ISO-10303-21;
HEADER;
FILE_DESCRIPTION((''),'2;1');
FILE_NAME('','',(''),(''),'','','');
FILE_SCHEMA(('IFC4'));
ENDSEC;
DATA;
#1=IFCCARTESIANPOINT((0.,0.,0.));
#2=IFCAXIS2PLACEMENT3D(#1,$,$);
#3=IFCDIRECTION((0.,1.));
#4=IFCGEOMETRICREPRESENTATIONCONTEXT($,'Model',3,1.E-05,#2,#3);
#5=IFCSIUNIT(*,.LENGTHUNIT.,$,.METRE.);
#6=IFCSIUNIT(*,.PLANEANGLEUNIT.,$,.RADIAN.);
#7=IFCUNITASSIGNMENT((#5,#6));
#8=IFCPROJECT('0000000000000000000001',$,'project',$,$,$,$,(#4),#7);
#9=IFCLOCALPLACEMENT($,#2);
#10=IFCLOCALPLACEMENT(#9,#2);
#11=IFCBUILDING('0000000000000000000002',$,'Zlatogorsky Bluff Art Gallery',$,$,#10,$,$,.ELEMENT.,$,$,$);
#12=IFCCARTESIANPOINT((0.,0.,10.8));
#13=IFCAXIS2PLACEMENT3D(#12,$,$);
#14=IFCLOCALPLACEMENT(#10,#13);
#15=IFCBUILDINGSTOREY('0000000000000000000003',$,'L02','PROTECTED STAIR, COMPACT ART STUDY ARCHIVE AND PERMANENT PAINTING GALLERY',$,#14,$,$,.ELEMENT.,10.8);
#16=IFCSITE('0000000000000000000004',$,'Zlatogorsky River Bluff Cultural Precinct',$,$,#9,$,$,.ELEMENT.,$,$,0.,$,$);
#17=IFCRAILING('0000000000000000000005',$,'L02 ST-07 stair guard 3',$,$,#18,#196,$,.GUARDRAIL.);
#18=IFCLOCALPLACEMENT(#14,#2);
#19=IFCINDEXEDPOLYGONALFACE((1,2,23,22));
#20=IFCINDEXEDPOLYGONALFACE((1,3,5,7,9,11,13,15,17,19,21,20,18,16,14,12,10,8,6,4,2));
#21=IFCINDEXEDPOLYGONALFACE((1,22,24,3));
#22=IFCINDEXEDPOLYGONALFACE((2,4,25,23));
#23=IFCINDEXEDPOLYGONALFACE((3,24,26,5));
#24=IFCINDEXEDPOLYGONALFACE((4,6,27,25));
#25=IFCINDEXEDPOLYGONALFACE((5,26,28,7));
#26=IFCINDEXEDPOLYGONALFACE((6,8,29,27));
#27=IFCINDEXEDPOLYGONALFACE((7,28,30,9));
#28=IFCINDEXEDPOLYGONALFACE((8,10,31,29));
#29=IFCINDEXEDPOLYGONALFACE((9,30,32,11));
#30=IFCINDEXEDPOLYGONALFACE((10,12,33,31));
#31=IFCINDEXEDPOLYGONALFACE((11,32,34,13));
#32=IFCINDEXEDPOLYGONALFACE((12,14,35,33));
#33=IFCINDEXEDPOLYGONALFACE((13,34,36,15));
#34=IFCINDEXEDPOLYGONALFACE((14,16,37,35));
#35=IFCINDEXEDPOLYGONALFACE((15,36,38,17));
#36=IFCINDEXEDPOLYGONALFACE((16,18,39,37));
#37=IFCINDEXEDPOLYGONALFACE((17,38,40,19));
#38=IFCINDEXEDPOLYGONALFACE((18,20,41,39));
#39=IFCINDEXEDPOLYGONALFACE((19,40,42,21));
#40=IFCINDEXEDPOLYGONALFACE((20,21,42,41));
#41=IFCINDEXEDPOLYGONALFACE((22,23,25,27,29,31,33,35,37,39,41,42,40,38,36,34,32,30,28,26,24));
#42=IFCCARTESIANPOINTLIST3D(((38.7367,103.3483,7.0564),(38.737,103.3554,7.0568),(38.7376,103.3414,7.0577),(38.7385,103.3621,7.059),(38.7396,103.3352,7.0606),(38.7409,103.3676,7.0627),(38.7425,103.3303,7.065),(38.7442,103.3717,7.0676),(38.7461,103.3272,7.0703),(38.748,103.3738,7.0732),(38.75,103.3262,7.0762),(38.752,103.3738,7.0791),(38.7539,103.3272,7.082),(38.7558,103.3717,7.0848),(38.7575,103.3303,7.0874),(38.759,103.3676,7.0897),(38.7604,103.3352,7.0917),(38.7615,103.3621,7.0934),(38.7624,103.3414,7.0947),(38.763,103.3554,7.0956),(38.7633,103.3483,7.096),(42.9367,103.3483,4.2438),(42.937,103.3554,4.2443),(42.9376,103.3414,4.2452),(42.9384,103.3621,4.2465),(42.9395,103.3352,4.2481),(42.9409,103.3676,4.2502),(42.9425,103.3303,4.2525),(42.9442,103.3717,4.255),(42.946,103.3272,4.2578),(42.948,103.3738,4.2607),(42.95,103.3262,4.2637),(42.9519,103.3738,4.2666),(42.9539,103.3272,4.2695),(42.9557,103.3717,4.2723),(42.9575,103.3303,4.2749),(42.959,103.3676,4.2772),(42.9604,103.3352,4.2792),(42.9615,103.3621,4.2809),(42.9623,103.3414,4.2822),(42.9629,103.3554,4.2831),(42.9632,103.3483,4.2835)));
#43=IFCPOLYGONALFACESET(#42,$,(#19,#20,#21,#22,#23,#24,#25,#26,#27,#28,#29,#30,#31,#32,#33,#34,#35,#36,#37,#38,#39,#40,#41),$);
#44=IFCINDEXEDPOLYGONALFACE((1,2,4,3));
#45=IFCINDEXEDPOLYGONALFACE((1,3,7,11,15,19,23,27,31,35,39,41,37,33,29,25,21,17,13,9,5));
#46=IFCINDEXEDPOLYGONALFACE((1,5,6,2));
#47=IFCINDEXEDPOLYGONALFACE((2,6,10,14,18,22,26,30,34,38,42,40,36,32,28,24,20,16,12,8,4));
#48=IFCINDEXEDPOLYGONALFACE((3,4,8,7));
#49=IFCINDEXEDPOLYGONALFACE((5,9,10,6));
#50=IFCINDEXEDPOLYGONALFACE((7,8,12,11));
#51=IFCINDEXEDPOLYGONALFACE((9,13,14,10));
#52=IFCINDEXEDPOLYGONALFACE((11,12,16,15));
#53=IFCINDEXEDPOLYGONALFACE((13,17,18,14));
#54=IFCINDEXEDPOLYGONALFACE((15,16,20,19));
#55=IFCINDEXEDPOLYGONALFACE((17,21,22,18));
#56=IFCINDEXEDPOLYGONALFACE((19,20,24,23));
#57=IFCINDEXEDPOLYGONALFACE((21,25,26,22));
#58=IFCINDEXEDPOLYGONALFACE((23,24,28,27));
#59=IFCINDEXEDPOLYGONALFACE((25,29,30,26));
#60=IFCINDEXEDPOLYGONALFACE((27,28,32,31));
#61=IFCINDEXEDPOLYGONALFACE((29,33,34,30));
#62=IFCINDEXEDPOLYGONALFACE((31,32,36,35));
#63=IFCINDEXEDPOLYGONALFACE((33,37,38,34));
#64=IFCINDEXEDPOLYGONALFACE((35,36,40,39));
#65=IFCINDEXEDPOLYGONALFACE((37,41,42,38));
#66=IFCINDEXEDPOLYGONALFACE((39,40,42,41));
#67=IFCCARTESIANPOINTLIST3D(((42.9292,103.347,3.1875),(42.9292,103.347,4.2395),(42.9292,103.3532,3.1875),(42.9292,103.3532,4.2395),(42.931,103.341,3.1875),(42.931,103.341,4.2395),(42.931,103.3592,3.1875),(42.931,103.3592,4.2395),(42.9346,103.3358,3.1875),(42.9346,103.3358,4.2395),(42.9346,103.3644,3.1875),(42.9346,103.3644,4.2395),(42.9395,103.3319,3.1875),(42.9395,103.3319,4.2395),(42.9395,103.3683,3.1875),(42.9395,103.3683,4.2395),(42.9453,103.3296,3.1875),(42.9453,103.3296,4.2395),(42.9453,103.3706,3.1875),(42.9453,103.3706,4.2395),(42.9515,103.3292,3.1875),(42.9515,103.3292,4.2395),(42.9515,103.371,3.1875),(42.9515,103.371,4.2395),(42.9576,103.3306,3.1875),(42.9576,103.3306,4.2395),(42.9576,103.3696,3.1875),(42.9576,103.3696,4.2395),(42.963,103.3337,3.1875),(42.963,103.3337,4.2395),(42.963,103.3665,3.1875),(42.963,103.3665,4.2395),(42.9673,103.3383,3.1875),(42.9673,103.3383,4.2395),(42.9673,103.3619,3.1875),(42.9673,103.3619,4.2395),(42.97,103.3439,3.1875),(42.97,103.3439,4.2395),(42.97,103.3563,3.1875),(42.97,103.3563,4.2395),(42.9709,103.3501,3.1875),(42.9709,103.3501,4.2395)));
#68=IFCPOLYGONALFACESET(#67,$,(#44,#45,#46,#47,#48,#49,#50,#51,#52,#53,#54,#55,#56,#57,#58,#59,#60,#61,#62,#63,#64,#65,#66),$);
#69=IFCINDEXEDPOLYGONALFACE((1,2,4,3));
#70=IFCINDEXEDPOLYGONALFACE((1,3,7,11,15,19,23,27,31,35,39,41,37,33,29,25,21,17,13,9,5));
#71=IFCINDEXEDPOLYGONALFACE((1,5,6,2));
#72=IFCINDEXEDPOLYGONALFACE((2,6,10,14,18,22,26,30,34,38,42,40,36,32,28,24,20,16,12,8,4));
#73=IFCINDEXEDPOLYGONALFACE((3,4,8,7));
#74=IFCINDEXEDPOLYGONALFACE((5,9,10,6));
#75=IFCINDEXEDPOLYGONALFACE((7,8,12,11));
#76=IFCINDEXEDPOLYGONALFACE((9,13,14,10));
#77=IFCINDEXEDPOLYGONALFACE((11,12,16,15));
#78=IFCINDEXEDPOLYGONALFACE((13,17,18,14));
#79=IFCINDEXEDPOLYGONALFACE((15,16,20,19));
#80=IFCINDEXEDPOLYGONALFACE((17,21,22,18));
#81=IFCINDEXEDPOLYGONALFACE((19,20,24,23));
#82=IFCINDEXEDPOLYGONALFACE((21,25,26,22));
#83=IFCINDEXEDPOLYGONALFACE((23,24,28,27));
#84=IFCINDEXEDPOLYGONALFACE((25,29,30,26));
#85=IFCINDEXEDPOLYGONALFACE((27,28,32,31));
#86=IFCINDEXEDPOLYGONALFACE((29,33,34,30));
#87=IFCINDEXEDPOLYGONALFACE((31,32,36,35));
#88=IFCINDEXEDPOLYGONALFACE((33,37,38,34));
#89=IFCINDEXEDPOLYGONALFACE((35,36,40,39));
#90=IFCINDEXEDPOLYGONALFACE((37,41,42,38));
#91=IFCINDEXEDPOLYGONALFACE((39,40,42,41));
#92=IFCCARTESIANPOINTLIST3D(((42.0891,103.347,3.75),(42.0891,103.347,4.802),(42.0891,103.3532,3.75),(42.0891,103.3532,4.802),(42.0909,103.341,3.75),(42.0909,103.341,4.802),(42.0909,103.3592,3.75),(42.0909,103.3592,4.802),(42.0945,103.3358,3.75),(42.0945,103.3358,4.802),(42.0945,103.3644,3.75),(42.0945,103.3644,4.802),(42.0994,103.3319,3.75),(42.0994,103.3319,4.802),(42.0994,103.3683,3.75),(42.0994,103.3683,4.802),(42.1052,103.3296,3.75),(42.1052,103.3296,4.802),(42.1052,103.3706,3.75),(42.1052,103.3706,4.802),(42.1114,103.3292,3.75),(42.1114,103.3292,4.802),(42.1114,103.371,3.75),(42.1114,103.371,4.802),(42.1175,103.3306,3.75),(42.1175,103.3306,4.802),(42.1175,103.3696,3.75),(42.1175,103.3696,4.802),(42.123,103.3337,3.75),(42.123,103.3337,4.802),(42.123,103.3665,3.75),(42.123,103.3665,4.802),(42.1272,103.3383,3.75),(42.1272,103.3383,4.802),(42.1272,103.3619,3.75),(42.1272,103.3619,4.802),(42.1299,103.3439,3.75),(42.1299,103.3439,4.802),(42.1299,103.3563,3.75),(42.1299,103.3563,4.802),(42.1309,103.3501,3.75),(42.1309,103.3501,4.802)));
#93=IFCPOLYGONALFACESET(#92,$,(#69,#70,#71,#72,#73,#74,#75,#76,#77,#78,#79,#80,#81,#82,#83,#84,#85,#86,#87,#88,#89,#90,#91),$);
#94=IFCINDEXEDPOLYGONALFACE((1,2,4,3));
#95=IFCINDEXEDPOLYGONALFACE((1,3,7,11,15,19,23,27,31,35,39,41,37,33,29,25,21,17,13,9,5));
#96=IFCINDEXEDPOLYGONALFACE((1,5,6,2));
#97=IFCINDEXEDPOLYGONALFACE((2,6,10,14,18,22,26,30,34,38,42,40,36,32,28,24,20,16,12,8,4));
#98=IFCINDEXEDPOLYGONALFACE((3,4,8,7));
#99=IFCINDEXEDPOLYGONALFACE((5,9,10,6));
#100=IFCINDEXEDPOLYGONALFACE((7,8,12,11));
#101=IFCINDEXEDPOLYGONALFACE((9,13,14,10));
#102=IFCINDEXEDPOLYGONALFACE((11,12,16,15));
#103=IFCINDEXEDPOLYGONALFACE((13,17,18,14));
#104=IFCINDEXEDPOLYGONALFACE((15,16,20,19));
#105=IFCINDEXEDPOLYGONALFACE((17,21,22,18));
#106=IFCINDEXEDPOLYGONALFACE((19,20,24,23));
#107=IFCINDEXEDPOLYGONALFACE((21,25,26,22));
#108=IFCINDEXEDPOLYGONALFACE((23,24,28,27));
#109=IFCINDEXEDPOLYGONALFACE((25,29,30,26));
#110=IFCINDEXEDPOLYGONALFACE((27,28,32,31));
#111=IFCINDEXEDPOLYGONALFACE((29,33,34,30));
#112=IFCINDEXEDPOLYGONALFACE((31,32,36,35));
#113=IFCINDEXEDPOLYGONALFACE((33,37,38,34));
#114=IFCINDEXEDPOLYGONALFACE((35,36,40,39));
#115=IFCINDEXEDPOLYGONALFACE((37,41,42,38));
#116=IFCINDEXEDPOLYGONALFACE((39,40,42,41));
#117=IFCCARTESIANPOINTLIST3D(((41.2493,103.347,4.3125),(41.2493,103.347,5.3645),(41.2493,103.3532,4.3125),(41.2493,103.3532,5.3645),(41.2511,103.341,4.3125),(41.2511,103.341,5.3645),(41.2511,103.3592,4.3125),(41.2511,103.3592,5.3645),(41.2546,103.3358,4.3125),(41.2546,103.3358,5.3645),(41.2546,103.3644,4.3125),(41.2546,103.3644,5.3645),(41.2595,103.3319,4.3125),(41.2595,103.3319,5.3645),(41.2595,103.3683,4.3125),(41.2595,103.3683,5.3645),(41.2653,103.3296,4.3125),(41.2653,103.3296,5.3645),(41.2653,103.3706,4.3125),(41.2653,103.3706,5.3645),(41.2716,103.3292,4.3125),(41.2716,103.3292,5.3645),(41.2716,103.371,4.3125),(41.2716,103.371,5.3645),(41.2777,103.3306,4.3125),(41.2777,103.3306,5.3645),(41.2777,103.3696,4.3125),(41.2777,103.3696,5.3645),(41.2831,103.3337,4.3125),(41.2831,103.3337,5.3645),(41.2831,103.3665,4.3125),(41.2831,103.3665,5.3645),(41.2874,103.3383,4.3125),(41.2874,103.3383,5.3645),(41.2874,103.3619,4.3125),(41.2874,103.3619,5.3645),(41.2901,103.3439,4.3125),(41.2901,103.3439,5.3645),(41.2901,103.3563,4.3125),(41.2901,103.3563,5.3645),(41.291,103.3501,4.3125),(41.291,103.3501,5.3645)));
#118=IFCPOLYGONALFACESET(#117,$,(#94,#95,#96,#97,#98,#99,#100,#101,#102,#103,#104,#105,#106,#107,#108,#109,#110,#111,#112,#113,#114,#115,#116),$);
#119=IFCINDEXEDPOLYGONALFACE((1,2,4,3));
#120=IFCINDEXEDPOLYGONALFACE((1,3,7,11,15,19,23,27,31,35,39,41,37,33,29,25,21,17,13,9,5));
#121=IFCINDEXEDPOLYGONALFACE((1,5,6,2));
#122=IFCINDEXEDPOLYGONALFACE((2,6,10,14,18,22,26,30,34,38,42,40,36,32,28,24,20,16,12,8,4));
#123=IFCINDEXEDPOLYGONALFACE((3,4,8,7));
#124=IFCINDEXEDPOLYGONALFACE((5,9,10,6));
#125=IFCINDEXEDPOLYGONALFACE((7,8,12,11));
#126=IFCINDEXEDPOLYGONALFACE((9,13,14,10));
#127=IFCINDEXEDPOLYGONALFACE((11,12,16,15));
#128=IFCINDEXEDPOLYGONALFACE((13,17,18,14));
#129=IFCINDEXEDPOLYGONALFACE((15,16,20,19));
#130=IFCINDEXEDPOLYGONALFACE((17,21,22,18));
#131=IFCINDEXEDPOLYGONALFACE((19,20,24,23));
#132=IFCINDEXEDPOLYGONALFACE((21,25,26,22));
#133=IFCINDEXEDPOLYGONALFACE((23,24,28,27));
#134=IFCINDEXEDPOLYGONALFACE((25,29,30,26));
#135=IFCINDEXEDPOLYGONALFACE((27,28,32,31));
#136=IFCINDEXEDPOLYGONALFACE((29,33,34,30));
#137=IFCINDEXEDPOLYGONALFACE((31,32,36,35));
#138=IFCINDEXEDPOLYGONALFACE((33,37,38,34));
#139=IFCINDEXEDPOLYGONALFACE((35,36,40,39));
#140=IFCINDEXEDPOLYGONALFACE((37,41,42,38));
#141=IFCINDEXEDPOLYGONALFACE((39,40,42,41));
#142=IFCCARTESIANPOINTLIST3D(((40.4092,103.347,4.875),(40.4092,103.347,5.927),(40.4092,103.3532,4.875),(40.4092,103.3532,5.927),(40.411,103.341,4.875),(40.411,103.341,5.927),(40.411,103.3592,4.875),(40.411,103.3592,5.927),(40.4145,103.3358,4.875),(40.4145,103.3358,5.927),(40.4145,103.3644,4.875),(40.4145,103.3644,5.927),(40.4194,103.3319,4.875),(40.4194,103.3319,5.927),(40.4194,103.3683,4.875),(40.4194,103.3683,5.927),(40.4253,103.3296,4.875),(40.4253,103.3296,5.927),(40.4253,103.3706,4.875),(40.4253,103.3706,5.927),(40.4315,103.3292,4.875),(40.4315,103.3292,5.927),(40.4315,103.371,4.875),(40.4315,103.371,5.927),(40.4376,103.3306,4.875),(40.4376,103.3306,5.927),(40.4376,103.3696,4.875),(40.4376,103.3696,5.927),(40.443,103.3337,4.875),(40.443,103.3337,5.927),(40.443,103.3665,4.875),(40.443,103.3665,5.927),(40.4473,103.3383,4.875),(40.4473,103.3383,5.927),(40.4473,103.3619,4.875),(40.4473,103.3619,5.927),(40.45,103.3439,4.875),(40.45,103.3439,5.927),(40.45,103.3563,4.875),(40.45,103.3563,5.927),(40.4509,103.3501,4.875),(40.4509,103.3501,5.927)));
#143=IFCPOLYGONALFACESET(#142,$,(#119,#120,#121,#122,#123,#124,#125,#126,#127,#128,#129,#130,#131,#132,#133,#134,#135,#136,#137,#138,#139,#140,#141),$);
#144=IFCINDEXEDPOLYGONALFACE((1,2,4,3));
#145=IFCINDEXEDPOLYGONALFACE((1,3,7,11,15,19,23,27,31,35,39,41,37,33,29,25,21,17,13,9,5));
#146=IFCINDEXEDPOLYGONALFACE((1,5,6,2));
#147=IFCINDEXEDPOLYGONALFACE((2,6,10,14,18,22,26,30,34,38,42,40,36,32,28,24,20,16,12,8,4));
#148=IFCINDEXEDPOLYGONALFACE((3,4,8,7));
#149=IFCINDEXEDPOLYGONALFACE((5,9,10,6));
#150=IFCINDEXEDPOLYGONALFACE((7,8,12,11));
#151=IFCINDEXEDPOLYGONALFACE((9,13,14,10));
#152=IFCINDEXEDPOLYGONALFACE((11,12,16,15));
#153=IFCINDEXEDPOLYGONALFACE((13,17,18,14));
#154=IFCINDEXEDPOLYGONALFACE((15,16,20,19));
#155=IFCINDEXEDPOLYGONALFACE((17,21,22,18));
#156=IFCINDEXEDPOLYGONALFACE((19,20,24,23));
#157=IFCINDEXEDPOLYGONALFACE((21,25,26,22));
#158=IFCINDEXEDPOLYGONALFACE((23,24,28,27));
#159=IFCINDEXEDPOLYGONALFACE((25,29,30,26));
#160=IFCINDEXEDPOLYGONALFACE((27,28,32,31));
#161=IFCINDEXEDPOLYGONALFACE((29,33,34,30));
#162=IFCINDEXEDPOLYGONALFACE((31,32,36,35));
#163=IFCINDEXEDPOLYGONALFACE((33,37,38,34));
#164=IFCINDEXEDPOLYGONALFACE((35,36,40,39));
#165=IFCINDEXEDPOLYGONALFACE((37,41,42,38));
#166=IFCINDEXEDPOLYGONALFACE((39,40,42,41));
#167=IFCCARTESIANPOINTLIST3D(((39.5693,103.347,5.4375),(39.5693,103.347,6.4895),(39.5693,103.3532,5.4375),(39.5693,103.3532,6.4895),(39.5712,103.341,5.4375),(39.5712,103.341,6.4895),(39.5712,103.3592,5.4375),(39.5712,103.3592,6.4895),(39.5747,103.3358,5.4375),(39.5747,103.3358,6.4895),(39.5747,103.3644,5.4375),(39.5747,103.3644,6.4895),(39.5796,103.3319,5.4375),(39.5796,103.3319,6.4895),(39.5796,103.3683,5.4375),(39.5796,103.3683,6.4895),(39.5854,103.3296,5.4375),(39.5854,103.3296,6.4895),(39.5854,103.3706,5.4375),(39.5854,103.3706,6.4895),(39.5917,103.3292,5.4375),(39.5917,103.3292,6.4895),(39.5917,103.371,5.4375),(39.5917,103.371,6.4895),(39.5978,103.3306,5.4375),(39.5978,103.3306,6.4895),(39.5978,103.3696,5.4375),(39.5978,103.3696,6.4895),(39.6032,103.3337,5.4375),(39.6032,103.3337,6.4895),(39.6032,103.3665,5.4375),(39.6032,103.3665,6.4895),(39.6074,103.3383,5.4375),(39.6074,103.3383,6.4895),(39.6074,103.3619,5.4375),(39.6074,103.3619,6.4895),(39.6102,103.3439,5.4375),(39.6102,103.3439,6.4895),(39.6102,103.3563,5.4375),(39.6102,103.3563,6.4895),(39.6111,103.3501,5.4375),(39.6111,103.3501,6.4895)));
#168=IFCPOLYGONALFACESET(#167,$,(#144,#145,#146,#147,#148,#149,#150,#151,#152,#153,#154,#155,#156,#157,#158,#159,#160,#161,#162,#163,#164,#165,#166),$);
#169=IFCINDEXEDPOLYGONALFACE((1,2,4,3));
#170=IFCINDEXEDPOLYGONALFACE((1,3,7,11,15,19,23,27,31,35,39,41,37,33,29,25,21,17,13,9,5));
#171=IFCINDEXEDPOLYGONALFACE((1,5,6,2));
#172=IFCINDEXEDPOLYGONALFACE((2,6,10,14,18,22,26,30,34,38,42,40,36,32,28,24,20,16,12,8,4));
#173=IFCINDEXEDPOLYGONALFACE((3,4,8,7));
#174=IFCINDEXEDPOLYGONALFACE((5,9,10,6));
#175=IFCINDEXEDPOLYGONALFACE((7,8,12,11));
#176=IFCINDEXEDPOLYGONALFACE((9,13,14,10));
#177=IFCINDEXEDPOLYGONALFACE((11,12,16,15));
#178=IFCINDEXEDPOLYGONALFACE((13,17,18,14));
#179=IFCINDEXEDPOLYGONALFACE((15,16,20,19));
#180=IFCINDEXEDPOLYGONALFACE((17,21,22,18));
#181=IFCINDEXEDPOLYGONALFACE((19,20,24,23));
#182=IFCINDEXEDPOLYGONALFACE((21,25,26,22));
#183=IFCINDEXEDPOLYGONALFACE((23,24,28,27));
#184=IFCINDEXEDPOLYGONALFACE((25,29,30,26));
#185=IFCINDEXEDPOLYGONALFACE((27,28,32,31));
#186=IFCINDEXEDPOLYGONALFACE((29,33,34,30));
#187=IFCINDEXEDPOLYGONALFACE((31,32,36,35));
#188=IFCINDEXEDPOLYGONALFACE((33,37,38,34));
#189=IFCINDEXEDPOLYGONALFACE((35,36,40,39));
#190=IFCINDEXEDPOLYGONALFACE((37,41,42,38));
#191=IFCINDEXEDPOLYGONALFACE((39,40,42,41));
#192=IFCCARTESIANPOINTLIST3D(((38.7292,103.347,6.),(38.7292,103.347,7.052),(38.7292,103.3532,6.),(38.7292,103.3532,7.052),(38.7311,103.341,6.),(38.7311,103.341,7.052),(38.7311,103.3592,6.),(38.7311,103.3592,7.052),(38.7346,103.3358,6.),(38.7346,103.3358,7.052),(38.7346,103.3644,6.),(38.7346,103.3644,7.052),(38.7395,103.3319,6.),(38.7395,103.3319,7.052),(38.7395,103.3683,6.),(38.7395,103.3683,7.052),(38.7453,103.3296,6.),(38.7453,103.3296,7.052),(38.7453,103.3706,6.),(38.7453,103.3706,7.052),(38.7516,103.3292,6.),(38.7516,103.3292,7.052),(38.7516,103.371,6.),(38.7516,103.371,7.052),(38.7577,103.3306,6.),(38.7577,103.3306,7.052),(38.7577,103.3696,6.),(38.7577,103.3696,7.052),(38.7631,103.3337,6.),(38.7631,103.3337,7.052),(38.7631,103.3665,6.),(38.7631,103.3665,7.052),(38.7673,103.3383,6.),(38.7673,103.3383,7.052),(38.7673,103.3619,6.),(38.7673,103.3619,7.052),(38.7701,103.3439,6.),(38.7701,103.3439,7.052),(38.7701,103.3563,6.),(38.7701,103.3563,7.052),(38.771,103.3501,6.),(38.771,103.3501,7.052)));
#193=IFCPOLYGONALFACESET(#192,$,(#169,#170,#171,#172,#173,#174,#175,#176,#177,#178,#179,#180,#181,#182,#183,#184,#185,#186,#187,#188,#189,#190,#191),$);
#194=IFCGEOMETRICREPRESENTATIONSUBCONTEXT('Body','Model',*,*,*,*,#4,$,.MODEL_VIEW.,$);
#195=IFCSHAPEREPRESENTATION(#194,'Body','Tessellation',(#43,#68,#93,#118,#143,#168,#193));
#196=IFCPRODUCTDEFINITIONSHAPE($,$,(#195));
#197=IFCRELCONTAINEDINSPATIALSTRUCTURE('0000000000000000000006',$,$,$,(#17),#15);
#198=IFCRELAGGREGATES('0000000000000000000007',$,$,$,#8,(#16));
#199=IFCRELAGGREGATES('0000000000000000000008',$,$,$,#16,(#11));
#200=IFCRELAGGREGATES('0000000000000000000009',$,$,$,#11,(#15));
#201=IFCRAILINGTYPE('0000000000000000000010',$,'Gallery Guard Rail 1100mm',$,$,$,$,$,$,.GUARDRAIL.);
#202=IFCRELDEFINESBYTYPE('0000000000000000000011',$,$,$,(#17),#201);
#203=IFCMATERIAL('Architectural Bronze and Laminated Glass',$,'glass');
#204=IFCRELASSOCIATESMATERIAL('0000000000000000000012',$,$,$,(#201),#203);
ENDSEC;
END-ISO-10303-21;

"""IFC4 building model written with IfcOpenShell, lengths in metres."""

from ifc_helpers import new_model, si_unit, direction, frame, origin, origin_2d, place, context, subcontext, project, spatial, circle, extrude, material, type_object, element, save


model = new_model("IFC4")

# Units and contexts
model_context = context("Model", 3, precision=1e-05, world=origin(), true_north=direction((0.0, 1.0)))
body_context = subcontext(model_context, "Body", "Model", "MODEL_VIEW")
ifc_project = project(units=[si_unit("LENGTHUNIT", "METRE"), si_unit("PLANEANGLEUNIT", "RADIAN")], contexts=[model_context])

# Site, building, storey
site_placement = place(None, origin())
site = spatial("IfcSite", under=ifc_project, at=site_placement, Name="Zlatogorsky River Bluff Cultural Precinct", CompositionType="ELEMENT", RefElevation=0.0)
building_placement = place(site_placement, origin())
building = spatial("IfcBuilding", under=site, at=building_placement, Name="Zlatogorsky Bluff Art Gallery", CompositionType="ELEMENT")
storey_placement = place(building_placement, frame((0.0, 0.0, 10.8)))
storey = spatial("IfcBuildingStorey", under=building, at=storey_placement, Name="L02", Description="PROTECTED STAIR, COMPACT ART STUDY ARCHIVE AND PERMANENT PAINTING GALLERY", CompositionType="ELEMENT", Elevation=10.8)

# Railing
ifc_material_1 = material(Name="Architectural Bronze and Laminated Glass", Category="glass")
railing_type_1 = type_object("IfcRailingType", Name="Gallery Guard Rail 1100mm", PredefinedType="GUARDRAIL", material=ifc_material_1)
railing_1_placement = place(storey_placement, frame((42.95, 103.3501, 3.1875)))
element("IfcRailing", 1, at=railing_1_placement, inside=storey, type_object=railing_type_1, Name="L02 ST-07 stair guard 3", PredefinedType="GUARDRAIL", context=body_context, shape_type="SweptSolid", body=[
    extrude(circle(Radius=0.0239, at=origin_2d()), frame((0.0, 0.0, 1.0762), z_axis=(-0.830904, 0.0, 0.556416), x_axis=(0.0, -1.0, 0.0)), (0.0, 0.0, 1.0), 5.0547),
    extrude(circle(Radius=0.021, at=origin_2d()), origin(), (0.0, 0.0, 1.0), 1.052),
    extrude(circle(Radius=0.021, at=origin_2d()), frame((-0.8401, 0.0, 0.5625)), (0.0, 0.0, 1.0), 1.052),
    extrude(circle(Radius=0.021, at=origin_2d()), frame((-1.6799, 0.0, 1.125)), (0.0, 0.0, 1.0), 1.052),
    extrude(circle(Radius=0.021, at=origin_2d()), frame((-2.52, 0.0, 1.6875)), (0.0, 0.0, 1.0), 1.052),
    extrude(circle(Radius=0.021, at=origin_2d()), frame((-3.3599, 0.0, 2.25)), (0.0, 0.0, 1.0), 1.052),
    extrude(circle(Radius=0.021, at=origin_2d()), frame((-4.2, 0.0, 2.8125)), (0.0, 0.0, 1.0), 1.052),
])

save(model, "model.ifc")
